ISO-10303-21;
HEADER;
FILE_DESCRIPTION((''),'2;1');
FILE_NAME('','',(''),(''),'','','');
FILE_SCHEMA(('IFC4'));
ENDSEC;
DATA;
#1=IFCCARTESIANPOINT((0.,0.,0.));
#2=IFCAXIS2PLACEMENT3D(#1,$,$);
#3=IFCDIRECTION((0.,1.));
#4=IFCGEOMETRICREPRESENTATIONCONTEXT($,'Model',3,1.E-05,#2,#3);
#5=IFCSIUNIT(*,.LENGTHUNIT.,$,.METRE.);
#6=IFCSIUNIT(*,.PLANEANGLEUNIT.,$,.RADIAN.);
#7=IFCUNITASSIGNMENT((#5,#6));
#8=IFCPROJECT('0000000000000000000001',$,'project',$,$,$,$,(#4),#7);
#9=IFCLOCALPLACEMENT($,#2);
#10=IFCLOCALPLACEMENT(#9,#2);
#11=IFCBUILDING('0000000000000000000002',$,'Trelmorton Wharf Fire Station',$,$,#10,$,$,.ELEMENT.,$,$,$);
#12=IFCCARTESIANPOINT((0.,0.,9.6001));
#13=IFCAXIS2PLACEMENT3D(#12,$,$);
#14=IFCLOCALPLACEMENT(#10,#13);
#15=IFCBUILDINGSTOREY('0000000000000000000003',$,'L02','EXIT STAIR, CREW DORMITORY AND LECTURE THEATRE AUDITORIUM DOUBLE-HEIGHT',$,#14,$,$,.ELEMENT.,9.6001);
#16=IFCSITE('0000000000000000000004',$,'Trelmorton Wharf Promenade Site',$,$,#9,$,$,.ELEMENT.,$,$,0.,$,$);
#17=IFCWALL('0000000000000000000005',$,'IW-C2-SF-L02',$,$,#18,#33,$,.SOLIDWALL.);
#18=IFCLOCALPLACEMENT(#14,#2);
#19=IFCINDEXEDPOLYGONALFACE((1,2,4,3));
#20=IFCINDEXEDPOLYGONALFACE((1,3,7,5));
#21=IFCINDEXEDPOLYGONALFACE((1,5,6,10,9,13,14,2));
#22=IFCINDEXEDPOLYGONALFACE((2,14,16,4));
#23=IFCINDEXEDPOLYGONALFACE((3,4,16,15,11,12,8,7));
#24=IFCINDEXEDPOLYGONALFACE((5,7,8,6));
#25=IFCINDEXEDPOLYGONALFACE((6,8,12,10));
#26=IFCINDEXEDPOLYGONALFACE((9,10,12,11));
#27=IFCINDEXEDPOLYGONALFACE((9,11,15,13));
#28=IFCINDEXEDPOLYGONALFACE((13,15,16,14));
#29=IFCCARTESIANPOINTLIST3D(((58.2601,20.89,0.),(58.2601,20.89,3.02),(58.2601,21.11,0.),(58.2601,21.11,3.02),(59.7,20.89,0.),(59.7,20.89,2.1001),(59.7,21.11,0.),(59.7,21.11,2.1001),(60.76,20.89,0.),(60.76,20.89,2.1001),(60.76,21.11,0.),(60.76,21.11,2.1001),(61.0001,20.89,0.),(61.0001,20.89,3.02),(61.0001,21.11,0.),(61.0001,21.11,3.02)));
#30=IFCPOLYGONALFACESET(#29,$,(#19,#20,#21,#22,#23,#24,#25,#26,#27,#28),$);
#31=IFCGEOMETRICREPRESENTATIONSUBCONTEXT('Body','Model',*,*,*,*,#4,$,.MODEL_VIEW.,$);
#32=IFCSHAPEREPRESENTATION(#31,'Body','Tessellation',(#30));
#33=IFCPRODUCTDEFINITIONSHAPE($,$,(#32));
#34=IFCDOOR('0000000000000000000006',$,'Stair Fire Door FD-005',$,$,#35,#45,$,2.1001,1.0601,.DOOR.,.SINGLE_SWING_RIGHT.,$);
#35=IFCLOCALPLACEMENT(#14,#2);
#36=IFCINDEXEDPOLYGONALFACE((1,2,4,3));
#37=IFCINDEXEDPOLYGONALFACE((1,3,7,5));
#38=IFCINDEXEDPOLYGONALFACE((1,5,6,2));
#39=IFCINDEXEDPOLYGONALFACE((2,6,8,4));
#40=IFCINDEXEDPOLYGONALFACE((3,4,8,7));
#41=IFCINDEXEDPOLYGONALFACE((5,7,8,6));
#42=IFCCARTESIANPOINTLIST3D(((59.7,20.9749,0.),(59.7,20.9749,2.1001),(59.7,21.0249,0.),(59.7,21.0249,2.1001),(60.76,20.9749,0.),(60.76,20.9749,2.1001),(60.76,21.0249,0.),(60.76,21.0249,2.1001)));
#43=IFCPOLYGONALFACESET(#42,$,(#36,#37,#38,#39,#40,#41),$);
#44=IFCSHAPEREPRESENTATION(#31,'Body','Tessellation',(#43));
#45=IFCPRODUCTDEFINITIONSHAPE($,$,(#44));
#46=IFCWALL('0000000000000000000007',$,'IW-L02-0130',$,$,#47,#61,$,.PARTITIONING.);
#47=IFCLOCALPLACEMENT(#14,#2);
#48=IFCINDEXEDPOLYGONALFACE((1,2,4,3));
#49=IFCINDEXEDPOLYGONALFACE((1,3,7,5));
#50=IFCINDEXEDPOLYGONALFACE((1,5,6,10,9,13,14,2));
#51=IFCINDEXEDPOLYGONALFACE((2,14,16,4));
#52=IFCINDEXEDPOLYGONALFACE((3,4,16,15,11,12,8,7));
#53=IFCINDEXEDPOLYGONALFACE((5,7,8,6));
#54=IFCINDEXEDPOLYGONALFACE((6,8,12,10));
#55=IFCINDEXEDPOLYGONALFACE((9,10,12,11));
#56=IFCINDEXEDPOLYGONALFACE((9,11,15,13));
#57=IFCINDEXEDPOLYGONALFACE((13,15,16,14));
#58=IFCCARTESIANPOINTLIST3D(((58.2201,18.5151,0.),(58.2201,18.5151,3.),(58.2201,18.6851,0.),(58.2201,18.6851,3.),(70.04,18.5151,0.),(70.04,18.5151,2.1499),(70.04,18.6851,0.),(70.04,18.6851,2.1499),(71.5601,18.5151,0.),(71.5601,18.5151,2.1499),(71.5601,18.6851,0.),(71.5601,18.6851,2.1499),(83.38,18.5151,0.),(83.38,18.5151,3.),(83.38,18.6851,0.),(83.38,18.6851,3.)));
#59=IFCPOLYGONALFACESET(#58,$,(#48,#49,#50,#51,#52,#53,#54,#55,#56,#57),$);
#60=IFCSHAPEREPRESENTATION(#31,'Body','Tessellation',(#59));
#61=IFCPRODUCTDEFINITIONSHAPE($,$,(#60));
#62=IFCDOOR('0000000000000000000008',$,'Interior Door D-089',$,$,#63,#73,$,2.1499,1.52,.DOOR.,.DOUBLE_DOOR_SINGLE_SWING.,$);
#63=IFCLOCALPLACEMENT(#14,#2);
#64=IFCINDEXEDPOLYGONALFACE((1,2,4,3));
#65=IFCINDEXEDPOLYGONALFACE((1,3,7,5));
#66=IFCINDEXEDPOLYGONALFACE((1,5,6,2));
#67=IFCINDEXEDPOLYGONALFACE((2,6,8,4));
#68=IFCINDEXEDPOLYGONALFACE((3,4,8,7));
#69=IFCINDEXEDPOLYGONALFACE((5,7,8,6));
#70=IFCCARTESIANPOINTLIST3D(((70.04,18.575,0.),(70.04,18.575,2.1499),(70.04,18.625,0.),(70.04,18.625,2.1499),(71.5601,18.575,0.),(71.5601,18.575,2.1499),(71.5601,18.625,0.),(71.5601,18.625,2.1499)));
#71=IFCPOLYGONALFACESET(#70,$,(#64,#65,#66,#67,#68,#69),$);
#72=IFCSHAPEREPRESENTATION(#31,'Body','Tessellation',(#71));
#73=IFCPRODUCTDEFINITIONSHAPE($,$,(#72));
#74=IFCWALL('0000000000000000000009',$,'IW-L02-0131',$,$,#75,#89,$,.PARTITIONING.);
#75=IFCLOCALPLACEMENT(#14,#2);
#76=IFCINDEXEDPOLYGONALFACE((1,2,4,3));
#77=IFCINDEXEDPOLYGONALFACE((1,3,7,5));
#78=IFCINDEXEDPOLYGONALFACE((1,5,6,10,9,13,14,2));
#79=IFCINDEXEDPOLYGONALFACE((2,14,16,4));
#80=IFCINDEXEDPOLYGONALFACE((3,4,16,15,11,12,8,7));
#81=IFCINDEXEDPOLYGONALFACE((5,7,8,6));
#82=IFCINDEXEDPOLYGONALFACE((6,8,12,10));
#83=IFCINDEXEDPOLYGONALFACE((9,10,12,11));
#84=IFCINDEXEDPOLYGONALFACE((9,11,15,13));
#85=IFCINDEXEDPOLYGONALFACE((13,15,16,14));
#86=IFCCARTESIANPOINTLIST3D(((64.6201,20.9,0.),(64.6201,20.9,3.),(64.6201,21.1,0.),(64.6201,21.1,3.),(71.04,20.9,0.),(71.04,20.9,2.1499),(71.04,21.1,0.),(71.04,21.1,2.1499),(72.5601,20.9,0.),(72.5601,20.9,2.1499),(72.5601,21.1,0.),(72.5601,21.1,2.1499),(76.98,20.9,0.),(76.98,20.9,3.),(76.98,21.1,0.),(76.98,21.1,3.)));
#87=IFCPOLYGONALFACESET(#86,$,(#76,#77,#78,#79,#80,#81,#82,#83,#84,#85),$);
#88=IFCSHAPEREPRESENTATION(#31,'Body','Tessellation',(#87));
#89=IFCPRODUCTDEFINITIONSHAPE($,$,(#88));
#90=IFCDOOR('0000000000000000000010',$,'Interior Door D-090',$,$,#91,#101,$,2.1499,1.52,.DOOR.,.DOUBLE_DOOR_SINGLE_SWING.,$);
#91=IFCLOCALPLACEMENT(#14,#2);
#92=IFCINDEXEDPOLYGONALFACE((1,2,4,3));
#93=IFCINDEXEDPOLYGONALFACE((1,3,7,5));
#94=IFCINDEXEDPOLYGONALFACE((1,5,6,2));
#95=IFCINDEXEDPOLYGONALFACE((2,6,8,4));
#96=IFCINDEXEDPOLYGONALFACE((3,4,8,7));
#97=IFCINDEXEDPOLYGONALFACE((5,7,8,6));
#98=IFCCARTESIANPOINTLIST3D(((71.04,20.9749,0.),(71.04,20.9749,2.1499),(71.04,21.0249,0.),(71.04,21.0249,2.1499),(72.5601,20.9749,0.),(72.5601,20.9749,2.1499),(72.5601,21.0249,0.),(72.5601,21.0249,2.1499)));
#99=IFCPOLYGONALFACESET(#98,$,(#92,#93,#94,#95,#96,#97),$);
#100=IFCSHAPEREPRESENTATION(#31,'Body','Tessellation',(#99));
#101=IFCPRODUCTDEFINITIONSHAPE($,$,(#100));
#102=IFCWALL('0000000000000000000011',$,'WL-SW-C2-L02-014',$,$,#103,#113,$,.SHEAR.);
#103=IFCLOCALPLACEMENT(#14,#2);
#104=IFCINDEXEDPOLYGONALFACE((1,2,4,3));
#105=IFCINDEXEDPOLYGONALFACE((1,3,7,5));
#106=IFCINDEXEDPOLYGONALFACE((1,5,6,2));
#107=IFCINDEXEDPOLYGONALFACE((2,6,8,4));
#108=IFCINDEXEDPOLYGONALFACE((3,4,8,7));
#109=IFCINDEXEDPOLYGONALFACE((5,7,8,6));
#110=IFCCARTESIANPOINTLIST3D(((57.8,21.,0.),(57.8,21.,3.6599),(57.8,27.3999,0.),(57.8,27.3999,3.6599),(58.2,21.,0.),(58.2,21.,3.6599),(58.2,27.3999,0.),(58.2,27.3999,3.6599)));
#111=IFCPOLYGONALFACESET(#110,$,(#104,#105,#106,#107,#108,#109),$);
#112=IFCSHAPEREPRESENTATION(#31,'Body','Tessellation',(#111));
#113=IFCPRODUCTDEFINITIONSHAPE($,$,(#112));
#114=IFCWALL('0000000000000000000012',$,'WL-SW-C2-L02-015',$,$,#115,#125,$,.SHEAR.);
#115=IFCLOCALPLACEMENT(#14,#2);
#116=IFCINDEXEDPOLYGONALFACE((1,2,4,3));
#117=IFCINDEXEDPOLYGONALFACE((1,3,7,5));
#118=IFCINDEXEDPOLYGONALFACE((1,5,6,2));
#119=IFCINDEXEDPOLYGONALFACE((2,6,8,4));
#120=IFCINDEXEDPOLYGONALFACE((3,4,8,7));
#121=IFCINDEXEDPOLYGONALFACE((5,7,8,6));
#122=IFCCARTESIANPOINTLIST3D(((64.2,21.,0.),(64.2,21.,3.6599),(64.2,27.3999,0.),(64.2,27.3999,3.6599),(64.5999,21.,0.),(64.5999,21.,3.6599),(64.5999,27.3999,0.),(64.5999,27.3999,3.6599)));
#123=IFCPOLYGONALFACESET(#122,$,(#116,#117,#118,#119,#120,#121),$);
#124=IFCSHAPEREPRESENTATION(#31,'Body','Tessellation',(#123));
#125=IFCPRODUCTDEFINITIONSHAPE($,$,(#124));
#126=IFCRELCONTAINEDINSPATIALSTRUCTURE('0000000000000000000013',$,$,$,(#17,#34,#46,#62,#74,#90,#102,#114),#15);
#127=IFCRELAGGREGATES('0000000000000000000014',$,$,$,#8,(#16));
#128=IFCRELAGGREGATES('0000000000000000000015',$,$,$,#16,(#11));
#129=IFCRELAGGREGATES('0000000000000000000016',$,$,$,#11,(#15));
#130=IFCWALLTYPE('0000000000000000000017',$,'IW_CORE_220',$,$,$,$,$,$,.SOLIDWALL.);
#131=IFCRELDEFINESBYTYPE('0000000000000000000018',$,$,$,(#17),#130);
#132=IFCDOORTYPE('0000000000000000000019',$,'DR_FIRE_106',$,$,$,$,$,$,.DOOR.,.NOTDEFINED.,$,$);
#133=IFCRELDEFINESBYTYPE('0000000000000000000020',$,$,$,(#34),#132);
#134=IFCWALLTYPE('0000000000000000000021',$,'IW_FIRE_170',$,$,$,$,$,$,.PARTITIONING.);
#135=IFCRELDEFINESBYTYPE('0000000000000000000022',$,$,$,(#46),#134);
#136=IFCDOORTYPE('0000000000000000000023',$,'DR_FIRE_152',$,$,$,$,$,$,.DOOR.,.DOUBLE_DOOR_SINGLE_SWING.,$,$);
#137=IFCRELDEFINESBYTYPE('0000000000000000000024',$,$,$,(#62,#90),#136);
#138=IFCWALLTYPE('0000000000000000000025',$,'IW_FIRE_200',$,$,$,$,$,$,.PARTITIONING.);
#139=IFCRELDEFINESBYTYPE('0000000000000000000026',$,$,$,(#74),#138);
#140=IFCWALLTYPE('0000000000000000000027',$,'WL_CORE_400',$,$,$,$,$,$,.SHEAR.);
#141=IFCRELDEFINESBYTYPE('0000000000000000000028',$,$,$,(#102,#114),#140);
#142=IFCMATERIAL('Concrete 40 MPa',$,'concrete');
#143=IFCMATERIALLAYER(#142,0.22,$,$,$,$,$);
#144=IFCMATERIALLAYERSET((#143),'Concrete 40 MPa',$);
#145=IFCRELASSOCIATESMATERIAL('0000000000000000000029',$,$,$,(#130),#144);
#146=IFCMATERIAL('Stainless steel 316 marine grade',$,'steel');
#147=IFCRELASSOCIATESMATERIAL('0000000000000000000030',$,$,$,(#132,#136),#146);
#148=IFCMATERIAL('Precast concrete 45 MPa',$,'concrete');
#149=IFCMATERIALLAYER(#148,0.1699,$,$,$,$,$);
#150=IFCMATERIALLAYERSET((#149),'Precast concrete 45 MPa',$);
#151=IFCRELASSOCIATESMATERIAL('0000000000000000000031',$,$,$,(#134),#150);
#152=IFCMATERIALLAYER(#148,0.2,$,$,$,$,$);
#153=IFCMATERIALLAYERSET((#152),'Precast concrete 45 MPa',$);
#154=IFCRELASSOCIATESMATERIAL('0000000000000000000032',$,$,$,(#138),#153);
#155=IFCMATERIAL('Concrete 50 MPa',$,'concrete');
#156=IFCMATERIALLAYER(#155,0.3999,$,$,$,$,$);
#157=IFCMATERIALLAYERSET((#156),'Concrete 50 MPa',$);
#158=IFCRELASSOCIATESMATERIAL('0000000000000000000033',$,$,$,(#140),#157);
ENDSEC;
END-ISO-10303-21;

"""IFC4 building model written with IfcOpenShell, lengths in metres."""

from ifc_helpers import new_model, si_unit, direction, frame, frame_2d, origin, place, context, subcontext, project, spatial, rectangle, extrude, material, layer, layer_set, type_object, element, fill, save


model = new_model("IFC4")

# Units and contexts
model_context = context("Model", 3, precision=1e-05, world=origin(), true_north=direction((0.0, 1.0)))
body_context = subcontext(model_context, "Body", "Model", "MODEL_VIEW")
ifc_project = project(units=[si_unit("LENGTHUNIT", "METRE"), si_unit("PLANEANGLEUNIT", "RADIAN")], contexts=[model_context])

# Site, building, storey
site_placement = place(None, origin())
site = spatial("IfcSite", under=ifc_project, at=site_placement, Name="Trelmorton Wharf Promenade Site", CompositionType="ELEMENT", RefElevation=0.0)
building_placement = place(site_placement, origin())
building = spatial("IfcBuilding", under=site, at=building_placement, Name="Trelmorton Wharf Fire Station", CompositionType="ELEMENT")
storey_placement = place(building_placement, frame((0.0, 0.0, 9.6001)))
storey = spatial("IfcBuildingStorey", under=building, at=storey_placement, Name="L02", Description="EXIT STAIR, CREW DORMITORY AND LECTURE THEATRE AUDITORIUM DOUBLE-HEIGHT", CompositionType="ELEMENT", Elevation=9.6001)

# Shared definitions
ifc_material_1 = material(Name="Precast concrete 45 MPa", Category="concrete")

# Walls, openings, doors
ifc_material_2 = material(Name="Concrete 40 MPa", Category="concrete")
ifc_layer_1 = layer(ifc_material_2, 0.22)
ifc_layer_set_1 = layer_set([ifc_layer_1], Name="Concrete 40 MPa")
wall_type_1 = type_object("IfcWallType", Name="IW_CORE_220", PredefinedType="SOLIDWALL", material=ifc_layer_set_1)
wall_1_placement = place(storey_placement, frame((58.26, 21.0, 0.0), z_axis=(0.0, 0.0, 1.0), x_axis=(1.0, 0.0, 0.0)))
wall_1 = element("IfcWall", 1, at=wall_1_placement, inside=storey, type_object=wall_type_1, Name="IW-C2-SF-L02", PredefinedType="SOLIDWALL", context=body_context, shape_type="SweptSolid", body=[
    extrude(rectangle(XDim=2.74, YDim=0.22, at=frame_2d((1.3701, 0.0))), origin(), (0.0, 0.0, 1.0), 3.02),
])
opening_1_placement = place(wall_1_placement, frame((1.4399, 0.0, 0.0)))
opening_1 = element("IfcOpeningElement", 2, at=opening_1_placement, cuts=wall_1, PredefinedType="OPENING", context=body_context, shape_type="SweptSolid", body=[
    extrude(rectangle(XDim=1.0601, YDim=2.1001, at=frame_2d((0.53, 1.05))), frame((0.0, 0.1201, 0.0), z_axis=(0.0, -1.0, 0.0), x_axis=(1.0, 0.0, 0.0)), (0.0, 0.0, 1.0), 0.24),
])
ifc_material_3 = material(Name="Stainless steel 316 marine grade", Category="steel")
door_type_1 = type_object("IfcDoorType", Name="DR_FIRE_106", OperationType="NOTDEFINED", PredefinedType="DOOR", material=ifc_material_3)
door_1_placement = place(opening_1_placement, origin())
door_1 = element("IfcDoor", 3, at=door_1_placement, inside=storey, type_object=door_type_1, Name="Stair Fire Door FD-005", OperationType="SINGLE_SWING_RIGHT", OverallHeight=2.1001, OverallWidth=1.0601, PredefinedType="DOOR", context=body_context, shape_type="SweptSolid", body=[
    extrude(rectangle(XDim=1.0601, YDim=2.1001, at=frame_2d((0.53, 1.05))), frame((0.0, 0.0249, 0.0), z_axis=(0.0, -1.0, 0.0), x_axis=(1.0, 0.0, 0.0)), (0.0, 0.0, 1.0), 0.05),
])
fill(opening_1, door_1)
ifc_layer_2 = layer(ifc_material_1, 0.1699)
ifc_layer_set_2 = layer_set([ifc_layer_2], Name="Precast concrete 45 MPa")
wall_type_2 = type_object("IfcWallType", Name="IW_FIRE_170", PredefinedType="PARTITIONING", material=ifc_layer_set_2)
wall_2_placement = place(storey_placement, frame((58.22, 18.6001, 0.0), z_axis=(0.0, 0.0, 1.0), x_axis=(1.0, 0.0, 0.0)))
wall_2 = element("IfcWall", 4, at=wall_2_placement, inside=storey, type_object=wall_type_2, Name="IW-L02-0130", PredefinedType="PARTITIONING", context=body_context, shape_type="SweptSolid", body=[
    extrude(rectangle(XDim=25.1599, YDim=0.1699, at=frame_2d((12.5801, 0.0))), origin(), (0.0, 0.0, 1.0), 3.0),
])
opening_2_placement = place(wall_2_placement, frame((11.8201, 0.0, 0.0)))
opening_2 = element("IfcOpeningElement", 5, at=opening_2_placement, cuts=wall_2, PredefinedType="OPENING", context=body_context, shape_type="SweptSolid", body=[
    extrude(rectangle(XDim=1.52, YDim=2.1499, at=frame_2d((0.76, 1.075))), frame((0.0, 0.095, 0.0), z_axis=(0.0, -1.0, 0.0), x_axis=(1.0, 0.0, 0.0)), (0.0, 0.0, 1.0), 0.1899),
])
door_type_2 = type_object("IfcDoorType", Name="DR_FIRE_152", OperationType="DOUBLE_DOOR_SINGLE_SWING", PredefinedType="DOOR", material=ifc_material_3)
door_2_placement = place(opening_2_placement, origin())
door_2 = element("IfcDoor", 6, at=door_2_placement, inside=storey, type_object=door_type_2, Name="Interior Door D-089", OperationType="DOUBLE_DOOR_SINGLE_SWING", OverallHeight=2.1499, OverallWidth=1.52, PredefinedType="DOOR", context=body_context, shape_type="SweptSolid", body=[
    extrude(rectangle(XDim=1.52, YDim=2.1499, at=frame_2d((0.76, 1.075))), frame((0.0, 0.0249, 0.0), z_axis=(0.0, -1.0, 0.0), x_axis=(1.0, 0.0, 0.0)), (0.0, 0.0, 1.0), 0.05),
])
fill(opening_2, door_2)
ifc_layer_3 = layer(ifc_material_1, 0.2)
ifc_layer_set_3 = layer_set([ifc_layer_3], Name="Precast concrete 45 MPa")
wall_type_3 = type_object("IfcWallType", Name="IW_FIRE_200", PredefinedType="PARTITIONING", material=ifc_layer_set_3)
wall_3_placement = place(storey_placement, frame((64.6201, 21.0, 0.0), z_axis=(0.0, 0.0, 1.0), x_axis=(1.0, 0.0, 0.0)))
wall_3 = element("IfcWall", 7, at=wall_3_placement, inside=storey, type_object=wall_type_3, Name="IW-L02-0131", PredefinedType="PARTITIONING", context=body_context, shape_type="SweptSolid", body=[
    extrude(rectangle(XDim=12.3599, YDim=0.2, at=frame_2d((6.1799, 0.0))), origin(), (0.0, 0.0, 1.0), 3.0),
])
opening_3_placement = place(wall_3_placement, frame((6.4199, 0.0, 0.0)))
opening_3 = element("IfcOpeningElement", 8, at=opening_3_placement, cuts=wall_3, PredefinedType="OPENING", context=body_context, shape_type="SweptSolid", body=[
    extrude(rectangle(XDim=1.52, YDim=2.1499, at=frame_2d((0.76, 1.075))), frame((0.0, 0.1099, 0.0), z_axis=(0.0, -1.0, 0.0), x_axis=(1.0, 0.0, 0.0)), (0.0, 0.0, 1.0), 0.22),
])
door_3_placement = place(opening_3_placement, origin())
door_3 = element("IfcDoor", 9, at=door_3_placement, inside=storey, type_object=door_type_2, Name="Interior Door D-090", OperationType="DOUBLE_DOOR_SINGLE_SWING", OverallHeight=2.1499, OverallWidth=1.52, PredefinedType="DOOR", context=body_context, shape_type="SweptSolid", body=[
    extrude(rectangle(XDim=1.52, YDim=2.1499, at=frame_2d((0.76, 1.075))), frame((0.0, 0.0249, 0.0), z_axis=(0.0, -1.0, 0.0), x_axis=(1.0, 0.0, 0.0)), (0.0, 0.0, 1.0), 0.05),
])
fill(opening_3, door_3)

# Walls
ifc_material_4 = material(Name="Concrete 50 MPa", Category="concrete")
ifc_layer_4 = layer(ifc_material_4, 0.3999)
ifc_layer_set_4 = layer_set([ifc_layer_4], Name="Concrete 50 MPa")
wall_type_4 = type_object("IfcWallType", Name="WL_CORE_400", PredefinedType="SHEAR", material=ifc_layer_set_4)
for number, where, z_axis, x_axis, name in (
    (10, (58.0, 21.0, 0.0), (0.0, 0.0, 1.0), (0.0, 1.0, 0.0), "WL-SW-C2-L02-014"),
    (11, (64.3999, 21.0, 0.0), (0.0, 0.0, 1.0), (0.0, 1.0, 0.0), "WL-SW-C2-L02-015"),
):
    element("IfcWall", number, at=place(storey_placement, frame(where, z_axis=z_axis, x_axis=x_axis)), inside=storey, type_object=wall_type_4, Name=name, PredefinedType="SHEAR", context=body_context, shape_type="SweptSolid", body=[
        extrude(rectangle(XDim=6.3999, YDim=0.3999, at=frame_2d((3.2, 0.0))), origin(), (0.0, 0.0, 1.0), 3.6599),
    ])

save(model, "model.ifc")
